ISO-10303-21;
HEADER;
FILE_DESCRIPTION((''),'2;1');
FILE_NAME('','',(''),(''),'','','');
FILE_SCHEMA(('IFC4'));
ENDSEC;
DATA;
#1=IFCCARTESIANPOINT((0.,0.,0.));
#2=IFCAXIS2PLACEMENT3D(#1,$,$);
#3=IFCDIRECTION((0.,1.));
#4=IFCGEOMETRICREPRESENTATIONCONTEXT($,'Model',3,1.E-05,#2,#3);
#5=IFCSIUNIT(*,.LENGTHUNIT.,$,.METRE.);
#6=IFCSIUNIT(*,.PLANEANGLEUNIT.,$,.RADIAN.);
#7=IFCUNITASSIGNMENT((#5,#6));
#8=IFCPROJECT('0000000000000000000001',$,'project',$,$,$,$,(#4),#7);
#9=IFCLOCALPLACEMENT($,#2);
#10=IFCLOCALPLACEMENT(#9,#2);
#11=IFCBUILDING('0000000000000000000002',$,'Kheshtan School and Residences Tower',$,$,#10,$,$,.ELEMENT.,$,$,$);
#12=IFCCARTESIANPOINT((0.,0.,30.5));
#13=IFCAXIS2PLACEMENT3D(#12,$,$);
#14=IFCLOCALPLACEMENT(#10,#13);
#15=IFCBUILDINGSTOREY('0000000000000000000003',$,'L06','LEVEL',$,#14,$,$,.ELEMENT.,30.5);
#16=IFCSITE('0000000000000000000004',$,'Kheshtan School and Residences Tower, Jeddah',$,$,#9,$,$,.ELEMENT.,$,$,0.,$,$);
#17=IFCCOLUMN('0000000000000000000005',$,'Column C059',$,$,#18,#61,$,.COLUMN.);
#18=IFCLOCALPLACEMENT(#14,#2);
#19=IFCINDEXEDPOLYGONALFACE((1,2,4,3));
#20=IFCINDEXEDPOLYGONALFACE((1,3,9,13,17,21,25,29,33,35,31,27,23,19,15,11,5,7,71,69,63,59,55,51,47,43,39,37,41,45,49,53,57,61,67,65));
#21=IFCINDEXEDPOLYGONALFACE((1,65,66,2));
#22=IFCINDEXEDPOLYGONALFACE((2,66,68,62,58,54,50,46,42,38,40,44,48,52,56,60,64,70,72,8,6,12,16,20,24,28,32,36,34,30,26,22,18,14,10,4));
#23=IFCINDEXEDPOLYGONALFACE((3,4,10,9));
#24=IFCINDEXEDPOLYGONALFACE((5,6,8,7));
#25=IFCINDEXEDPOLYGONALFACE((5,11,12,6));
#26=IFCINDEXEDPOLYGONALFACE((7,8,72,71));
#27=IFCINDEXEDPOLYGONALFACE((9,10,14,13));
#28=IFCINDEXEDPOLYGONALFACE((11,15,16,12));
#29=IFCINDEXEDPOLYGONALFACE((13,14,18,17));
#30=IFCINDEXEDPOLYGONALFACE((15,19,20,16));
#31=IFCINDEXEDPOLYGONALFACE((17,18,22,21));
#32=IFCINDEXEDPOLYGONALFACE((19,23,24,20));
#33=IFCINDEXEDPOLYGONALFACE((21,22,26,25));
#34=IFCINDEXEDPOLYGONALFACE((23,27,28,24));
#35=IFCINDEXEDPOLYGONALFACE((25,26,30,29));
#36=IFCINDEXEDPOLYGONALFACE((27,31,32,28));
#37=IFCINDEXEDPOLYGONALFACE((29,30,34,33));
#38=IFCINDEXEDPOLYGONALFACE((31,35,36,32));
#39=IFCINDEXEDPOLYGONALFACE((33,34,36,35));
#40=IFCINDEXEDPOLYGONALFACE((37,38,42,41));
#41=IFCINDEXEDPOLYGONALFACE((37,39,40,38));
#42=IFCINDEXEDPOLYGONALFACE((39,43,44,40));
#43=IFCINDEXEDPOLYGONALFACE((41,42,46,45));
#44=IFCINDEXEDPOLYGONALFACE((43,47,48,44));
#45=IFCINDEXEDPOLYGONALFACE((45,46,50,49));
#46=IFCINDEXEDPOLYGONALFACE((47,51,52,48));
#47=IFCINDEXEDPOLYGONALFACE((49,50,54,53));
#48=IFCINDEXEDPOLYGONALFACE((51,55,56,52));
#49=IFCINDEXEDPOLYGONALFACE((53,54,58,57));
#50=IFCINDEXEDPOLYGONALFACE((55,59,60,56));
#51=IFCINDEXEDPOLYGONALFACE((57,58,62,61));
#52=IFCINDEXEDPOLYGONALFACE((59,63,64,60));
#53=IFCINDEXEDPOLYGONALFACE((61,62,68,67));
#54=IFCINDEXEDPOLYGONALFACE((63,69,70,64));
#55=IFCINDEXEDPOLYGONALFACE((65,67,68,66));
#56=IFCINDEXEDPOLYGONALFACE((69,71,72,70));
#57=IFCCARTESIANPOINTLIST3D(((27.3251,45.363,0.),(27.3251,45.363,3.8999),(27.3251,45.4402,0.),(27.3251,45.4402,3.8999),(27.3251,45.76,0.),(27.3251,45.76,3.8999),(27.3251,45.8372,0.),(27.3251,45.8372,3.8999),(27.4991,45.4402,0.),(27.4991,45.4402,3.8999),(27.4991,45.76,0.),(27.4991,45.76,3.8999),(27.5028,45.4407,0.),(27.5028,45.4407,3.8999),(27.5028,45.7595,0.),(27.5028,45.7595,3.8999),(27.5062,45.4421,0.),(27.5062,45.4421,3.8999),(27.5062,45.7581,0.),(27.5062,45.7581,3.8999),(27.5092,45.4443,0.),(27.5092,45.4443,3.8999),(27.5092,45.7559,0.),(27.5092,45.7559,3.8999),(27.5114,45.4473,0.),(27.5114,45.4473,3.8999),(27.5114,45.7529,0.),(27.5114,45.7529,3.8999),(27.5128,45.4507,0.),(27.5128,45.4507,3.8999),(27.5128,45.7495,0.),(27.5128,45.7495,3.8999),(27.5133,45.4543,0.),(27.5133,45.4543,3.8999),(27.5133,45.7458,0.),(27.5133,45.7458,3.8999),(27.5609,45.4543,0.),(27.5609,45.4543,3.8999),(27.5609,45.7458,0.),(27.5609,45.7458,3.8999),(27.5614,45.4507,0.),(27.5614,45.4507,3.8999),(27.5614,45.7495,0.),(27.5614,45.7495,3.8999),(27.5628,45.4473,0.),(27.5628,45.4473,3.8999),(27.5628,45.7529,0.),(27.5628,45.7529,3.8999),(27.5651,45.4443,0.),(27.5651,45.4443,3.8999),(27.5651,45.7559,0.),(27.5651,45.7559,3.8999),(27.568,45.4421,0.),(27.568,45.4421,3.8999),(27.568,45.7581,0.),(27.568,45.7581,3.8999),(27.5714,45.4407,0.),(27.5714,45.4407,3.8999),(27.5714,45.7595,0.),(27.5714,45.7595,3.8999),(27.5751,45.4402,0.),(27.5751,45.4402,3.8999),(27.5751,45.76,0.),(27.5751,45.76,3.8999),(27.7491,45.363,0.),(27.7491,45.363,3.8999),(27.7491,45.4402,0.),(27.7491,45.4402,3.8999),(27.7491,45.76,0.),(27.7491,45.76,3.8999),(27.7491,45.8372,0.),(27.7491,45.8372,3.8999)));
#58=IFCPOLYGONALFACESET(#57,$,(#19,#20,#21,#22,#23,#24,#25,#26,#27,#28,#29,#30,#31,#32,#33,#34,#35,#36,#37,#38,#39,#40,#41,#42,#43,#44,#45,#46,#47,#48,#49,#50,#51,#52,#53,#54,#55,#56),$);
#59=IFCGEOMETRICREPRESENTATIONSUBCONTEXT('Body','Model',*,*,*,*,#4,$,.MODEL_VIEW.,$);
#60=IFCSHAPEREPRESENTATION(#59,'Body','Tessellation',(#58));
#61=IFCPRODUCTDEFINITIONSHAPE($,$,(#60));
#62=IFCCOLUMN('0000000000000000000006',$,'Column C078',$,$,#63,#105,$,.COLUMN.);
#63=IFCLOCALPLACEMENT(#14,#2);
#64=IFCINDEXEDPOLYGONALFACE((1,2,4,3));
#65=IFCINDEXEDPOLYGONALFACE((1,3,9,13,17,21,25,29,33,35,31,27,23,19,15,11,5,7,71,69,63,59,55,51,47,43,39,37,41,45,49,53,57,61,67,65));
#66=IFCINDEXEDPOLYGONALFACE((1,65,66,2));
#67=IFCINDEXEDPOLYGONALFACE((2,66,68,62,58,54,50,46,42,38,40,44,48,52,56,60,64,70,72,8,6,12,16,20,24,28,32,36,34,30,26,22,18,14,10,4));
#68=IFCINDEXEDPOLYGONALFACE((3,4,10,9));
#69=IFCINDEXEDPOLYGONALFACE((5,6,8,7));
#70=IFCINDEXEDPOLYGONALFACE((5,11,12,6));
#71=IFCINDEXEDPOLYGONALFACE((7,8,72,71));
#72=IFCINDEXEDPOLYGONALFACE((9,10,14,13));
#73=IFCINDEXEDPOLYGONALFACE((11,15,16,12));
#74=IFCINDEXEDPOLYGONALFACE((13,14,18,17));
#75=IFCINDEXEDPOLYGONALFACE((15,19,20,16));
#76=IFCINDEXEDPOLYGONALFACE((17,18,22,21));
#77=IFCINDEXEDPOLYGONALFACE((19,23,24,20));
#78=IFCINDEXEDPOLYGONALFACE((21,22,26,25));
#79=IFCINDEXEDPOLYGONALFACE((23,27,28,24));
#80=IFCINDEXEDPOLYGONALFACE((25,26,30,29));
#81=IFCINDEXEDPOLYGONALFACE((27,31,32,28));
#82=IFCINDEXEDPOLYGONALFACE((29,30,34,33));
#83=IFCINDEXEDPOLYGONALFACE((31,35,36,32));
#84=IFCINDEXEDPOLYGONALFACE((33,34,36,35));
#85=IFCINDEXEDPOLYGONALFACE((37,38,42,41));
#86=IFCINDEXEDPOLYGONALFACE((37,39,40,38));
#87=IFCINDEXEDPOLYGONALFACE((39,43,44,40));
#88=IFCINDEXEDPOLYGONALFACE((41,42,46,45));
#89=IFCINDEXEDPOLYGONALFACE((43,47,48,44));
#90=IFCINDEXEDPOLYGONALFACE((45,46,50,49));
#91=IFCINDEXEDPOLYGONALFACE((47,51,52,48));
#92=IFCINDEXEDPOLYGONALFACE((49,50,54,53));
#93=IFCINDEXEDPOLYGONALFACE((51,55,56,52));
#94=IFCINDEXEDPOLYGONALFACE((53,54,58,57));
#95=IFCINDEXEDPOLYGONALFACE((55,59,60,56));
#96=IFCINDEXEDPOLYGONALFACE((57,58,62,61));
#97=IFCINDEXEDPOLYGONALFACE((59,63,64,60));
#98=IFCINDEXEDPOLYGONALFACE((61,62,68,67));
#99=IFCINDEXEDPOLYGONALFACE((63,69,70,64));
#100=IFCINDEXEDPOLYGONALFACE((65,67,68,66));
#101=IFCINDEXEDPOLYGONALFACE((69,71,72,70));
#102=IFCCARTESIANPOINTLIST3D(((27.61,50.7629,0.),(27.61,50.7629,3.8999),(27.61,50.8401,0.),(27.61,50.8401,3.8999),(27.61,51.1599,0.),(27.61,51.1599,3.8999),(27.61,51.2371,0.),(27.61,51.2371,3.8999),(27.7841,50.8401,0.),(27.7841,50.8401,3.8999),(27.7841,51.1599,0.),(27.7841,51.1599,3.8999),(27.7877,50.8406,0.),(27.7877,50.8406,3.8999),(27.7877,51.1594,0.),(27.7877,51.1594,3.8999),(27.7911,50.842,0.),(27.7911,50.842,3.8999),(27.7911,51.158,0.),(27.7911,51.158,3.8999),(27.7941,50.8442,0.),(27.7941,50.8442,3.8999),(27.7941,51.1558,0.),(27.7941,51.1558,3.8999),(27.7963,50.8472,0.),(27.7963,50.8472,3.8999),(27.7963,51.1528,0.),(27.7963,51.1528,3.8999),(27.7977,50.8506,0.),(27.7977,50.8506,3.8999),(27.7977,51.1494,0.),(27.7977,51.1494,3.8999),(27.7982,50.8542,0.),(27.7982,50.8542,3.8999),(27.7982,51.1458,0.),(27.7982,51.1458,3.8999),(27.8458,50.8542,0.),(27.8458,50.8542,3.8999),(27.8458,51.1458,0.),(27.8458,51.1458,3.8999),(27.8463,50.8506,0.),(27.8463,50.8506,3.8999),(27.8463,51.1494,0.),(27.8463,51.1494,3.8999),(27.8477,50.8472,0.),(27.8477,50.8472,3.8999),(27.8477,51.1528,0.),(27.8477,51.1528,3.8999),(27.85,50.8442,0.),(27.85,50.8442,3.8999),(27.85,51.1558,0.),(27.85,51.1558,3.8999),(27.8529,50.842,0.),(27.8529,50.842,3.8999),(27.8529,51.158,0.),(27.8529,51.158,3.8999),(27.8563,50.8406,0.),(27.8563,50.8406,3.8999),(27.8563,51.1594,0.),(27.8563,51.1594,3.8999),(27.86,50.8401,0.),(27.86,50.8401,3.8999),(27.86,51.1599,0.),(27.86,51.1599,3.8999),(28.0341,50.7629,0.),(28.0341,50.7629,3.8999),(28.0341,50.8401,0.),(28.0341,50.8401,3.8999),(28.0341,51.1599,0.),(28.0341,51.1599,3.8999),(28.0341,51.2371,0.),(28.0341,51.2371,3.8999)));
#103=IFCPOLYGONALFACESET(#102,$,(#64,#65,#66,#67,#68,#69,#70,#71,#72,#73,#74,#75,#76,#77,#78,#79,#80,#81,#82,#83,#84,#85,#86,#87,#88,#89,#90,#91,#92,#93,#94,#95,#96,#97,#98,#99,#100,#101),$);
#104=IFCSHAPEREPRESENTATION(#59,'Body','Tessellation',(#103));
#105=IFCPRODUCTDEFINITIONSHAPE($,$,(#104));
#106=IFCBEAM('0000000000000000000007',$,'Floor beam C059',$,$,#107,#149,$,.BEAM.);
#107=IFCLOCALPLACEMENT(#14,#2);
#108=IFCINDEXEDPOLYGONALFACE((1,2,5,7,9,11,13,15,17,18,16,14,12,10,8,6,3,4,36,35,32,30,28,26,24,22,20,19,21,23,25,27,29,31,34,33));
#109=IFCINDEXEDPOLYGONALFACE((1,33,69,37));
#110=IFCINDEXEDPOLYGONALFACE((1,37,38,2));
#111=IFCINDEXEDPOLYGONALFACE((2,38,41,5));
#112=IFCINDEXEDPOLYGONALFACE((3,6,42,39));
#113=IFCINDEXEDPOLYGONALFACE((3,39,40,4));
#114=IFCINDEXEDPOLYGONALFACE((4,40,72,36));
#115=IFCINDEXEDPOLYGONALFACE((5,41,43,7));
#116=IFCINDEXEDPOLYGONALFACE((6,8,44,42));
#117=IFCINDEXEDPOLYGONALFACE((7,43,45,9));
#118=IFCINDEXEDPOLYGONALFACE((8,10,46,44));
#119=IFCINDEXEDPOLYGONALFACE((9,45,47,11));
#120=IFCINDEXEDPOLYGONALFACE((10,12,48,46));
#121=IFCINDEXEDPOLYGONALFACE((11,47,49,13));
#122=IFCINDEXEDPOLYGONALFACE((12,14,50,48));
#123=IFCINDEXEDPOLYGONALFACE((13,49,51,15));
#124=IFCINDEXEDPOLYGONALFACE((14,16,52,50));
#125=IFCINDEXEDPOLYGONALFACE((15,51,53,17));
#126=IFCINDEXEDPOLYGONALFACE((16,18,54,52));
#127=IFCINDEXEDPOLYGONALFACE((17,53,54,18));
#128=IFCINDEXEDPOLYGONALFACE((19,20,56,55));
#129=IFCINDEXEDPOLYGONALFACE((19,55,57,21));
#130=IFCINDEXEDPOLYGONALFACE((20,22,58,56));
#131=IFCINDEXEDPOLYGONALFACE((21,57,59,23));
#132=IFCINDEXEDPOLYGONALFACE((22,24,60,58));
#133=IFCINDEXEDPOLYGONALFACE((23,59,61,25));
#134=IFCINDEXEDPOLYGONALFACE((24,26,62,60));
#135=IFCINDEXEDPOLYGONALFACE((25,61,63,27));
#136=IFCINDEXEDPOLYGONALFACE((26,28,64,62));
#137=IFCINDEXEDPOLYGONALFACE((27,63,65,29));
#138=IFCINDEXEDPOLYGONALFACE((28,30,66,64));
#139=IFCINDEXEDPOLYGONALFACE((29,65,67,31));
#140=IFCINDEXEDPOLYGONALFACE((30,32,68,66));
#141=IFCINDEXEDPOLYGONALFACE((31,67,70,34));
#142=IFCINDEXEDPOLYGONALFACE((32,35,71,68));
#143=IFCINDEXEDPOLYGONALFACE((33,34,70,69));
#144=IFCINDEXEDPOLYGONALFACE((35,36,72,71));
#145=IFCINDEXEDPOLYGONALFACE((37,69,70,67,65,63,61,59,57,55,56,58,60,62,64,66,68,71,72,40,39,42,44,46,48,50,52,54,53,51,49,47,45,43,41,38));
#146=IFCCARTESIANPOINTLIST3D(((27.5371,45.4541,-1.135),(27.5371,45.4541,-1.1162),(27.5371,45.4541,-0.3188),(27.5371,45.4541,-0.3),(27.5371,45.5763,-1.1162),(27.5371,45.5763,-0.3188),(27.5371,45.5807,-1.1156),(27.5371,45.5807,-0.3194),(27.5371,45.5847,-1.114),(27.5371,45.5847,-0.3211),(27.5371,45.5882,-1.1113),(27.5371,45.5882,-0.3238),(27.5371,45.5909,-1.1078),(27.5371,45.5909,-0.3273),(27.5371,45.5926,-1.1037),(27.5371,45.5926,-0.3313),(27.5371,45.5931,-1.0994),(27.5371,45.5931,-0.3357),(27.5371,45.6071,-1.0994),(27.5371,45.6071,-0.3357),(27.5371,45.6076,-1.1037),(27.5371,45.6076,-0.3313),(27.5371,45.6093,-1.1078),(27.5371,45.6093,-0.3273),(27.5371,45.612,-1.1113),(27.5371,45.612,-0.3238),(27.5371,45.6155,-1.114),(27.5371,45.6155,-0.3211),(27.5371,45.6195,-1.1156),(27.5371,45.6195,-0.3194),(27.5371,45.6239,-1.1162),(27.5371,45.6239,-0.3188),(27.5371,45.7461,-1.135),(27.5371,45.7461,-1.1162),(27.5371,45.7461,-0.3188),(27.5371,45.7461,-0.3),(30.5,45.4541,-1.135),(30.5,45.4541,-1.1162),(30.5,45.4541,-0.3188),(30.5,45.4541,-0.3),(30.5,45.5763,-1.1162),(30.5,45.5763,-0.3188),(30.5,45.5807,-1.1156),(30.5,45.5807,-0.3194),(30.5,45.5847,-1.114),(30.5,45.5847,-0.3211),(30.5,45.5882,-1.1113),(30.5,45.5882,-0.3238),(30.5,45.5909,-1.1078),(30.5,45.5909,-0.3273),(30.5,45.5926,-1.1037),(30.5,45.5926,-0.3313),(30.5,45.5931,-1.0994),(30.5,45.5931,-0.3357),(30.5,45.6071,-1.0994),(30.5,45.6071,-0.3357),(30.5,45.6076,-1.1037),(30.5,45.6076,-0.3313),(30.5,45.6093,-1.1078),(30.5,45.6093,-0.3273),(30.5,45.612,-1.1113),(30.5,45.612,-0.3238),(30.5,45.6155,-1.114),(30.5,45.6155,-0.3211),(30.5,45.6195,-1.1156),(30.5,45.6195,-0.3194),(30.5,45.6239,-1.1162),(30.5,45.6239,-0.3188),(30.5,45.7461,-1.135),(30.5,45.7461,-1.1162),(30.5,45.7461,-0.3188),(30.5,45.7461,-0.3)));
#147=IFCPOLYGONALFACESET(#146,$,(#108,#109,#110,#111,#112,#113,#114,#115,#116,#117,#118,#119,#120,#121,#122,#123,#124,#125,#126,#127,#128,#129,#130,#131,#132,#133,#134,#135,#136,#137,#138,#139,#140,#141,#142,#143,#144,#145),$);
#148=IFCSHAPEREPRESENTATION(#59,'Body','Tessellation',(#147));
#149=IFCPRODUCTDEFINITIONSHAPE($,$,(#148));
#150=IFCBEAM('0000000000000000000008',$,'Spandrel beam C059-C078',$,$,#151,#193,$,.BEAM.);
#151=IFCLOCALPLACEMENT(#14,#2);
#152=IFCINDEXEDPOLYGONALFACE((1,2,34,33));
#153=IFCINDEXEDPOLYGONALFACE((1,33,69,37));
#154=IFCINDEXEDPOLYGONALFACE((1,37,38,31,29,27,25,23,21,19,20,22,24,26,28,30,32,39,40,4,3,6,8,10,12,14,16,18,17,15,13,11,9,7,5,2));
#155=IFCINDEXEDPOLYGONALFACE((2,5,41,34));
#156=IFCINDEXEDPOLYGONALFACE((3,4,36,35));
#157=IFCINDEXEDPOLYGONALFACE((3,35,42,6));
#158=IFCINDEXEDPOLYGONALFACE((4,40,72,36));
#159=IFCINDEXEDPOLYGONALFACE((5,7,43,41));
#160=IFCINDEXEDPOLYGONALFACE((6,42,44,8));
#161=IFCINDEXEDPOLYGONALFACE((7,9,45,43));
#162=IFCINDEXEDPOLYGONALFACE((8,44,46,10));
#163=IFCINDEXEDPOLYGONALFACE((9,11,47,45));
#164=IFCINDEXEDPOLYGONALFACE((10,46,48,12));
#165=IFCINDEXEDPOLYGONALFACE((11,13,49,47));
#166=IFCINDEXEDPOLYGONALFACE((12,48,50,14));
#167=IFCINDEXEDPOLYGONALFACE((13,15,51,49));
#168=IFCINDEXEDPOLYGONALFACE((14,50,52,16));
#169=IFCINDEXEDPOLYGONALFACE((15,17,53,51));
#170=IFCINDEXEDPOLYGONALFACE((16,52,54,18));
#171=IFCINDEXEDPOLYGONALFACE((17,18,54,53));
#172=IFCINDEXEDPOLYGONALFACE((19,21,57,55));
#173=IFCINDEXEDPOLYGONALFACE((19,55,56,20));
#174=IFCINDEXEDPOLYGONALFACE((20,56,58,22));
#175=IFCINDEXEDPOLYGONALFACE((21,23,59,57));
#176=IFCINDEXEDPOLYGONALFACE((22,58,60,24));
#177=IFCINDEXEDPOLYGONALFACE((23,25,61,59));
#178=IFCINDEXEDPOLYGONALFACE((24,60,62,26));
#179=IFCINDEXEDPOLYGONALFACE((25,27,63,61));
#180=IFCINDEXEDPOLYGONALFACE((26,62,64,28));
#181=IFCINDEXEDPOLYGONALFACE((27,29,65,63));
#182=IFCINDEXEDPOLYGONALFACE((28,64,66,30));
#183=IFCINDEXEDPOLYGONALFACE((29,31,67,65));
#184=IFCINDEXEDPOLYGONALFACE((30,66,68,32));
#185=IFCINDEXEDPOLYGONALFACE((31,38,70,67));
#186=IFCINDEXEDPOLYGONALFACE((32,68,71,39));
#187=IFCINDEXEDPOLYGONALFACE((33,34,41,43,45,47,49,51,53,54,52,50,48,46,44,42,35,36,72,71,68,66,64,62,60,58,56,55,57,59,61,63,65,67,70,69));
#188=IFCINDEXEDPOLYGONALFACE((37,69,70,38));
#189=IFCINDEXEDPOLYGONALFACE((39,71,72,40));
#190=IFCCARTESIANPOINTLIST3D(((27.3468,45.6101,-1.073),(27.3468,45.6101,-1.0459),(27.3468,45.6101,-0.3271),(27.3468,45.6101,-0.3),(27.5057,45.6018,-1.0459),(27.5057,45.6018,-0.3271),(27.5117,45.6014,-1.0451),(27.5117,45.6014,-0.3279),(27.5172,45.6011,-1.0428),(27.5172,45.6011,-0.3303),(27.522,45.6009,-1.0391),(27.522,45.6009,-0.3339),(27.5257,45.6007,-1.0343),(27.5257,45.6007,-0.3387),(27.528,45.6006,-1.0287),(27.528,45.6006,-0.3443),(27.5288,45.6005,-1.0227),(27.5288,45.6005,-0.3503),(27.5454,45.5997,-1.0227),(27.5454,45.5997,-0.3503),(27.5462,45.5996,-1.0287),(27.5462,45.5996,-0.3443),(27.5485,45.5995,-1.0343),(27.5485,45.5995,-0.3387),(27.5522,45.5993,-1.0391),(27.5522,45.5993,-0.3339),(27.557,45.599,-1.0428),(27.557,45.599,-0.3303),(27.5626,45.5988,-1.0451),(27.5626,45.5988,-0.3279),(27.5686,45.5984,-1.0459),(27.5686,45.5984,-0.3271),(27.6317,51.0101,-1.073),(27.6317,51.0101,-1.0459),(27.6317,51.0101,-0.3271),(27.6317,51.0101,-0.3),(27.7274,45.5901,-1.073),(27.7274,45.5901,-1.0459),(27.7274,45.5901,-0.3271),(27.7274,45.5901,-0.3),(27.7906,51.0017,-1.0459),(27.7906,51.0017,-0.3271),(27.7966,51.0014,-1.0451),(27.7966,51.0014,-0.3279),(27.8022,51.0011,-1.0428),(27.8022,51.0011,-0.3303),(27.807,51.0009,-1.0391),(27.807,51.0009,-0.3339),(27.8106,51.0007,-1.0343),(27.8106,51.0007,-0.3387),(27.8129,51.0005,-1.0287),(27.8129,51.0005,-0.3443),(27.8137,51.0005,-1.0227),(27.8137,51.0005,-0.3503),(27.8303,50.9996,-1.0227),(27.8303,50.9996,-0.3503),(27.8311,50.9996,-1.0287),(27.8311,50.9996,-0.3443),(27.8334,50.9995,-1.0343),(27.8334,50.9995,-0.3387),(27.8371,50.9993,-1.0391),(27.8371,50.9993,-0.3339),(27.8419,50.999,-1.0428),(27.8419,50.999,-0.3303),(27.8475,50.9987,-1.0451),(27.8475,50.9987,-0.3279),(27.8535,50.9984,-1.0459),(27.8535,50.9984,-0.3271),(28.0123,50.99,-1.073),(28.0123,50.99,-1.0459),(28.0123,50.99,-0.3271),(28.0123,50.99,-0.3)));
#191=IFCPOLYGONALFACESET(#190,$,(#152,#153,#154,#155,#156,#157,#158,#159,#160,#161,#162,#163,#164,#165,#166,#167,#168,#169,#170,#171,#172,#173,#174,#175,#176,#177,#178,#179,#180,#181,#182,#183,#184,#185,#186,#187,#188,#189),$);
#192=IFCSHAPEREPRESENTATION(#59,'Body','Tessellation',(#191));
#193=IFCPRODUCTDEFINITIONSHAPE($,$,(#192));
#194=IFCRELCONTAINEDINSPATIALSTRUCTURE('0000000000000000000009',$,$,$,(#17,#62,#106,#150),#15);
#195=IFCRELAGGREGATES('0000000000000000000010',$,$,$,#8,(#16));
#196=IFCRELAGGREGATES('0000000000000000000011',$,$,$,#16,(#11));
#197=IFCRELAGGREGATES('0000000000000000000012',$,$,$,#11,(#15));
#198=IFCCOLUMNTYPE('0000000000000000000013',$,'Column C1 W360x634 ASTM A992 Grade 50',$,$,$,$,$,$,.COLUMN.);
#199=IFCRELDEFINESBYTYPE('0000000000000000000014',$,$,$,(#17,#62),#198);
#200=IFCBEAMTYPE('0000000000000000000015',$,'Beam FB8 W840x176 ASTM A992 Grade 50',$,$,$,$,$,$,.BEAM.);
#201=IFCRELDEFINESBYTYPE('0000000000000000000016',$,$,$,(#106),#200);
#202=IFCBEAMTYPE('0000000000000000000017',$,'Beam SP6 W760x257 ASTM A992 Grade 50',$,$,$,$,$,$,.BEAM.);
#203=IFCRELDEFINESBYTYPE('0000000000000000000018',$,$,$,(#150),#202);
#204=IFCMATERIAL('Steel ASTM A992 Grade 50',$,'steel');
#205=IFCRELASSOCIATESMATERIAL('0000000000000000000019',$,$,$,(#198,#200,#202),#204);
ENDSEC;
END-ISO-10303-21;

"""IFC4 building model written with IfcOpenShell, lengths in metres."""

from ifc_helpers import new_model, si_unit, direction, frame, origin, origin_2d, place, context, subcontext, project, spatial, i_section, extrude, material, material_profile, profile_set, type_object, element, save


model = new_model("IFC4")

# Units and contexts
model_context = context("Model", 3, precision=1e-05, world=origin(), true_north=direction((0.0, 1.0)))
body_context = subcontext(model_context, "Body", "Model", "MODEL_VIEW")
ifc_project = project(units=[si_unit("LENGTHUNIT", "METRE"), si_unit("PLANEANGLEUNIT", "RADIAN")], contexts=[model_context])

# Site, building, storey
site_placement = place(None, origin())
site = spatial("IfcSite", under=ifc_project, at=site_placement, Name="Kheshtan School and Residences Tower, Jeddah", CompositionType="ELEMENT", RefElevation=0.0)
building_placement = place(site_placement, origin())
building = spatial("IfcBuilding", under=site, at=building_placement, Name="Kheshtan School and Residences Tower", CompositionType="ELEMENT")
storey_placement = place(building_placement, frame((0.0, 0.0, 30.5)))
storey = spatial("IfcBuildingStorey", under=building, at=storey_placement, Name="L06", Description="LEVEL", CompositionType="ELEMENT", Elevation=30.5)

# Columns
ifc_material_1 = material(Name="Steel ASTM A992 Grade 50", Category="steel")
ifc_material_profile_1 = material_profile(ifc_material_1, i_section(OverallWidth=0.4241, OverallDepth=0.4741, WebThickness=0.0476, FlangeThickness=0.0771, FilletRadius=0.0142, at=origin_2d()), Name="W360x634")
ifc_profile_set_1 = profile_set([ifc_material_profile_1], Name="Steel ASTM A992 Grade 50")
column_type = type_object("IfcColumnType", Name="Column C1 W360x634 ASTM A992 Grade 50", PredefinedType="COLUMN", material=ifc_profile_set_1)
for number, where, z_axis, x_axis, name in (
    (1, (27.5371, 45.6001, 0.0), (0.0, 0.0, 1.0), (1.0, 0.0, 0.0), "Column C059"),
    (2, (27.822, 51.0, 0.0), (0.0, 0.0, 1.0), (1.0, 0.0, 0.0), "Column C078"),
):
    element("IfcColumn", number, at=place(storey_placement, frame(where, z_axis=z_axis, x_axis=x_axis)), inside=storey, type_object=column_type, Name=name, PredefinedType="COLUMN", context=body_context, shape_type="SweptSolid", body=[
        extrude(i_section(OverallWidth=0.4241, OverallDepth=0.4741, WebThickness=0.0476, FlangeThickness=0.0771, FilletRadius=0.0142, at=origin_2d()), origin(), (0.0, 0.0, 1.0), 3.8999),
    ])

# Beams
ifc_material_profile_2 = material_profile(ifc_material_1, i_section(OverallWidth=0.292, OverallDepth=0.835, WebThickness=0.0139, FlangeThickness=0.0188, FilletRadius=0.0168, at=origin_2d()), Name="W840x176")
ifc_profile_set_2 = profile_set([ifc_material_profile_2], Name="Steel ASTM A992 Grade 50")
beam_type_1 = type_object("IfcBeamType", Name="Beam FB8 W840x176 ASTM A992 Grade 50", PredefinedType="BEAM", material=ifc_profile_set_2)
beam_placement = place(storey_placement, frame((27.5371, 45.6001, -0.7175), z_axis=(1.0, 0.0, 0.0), x_axis=(0.0, 1.0, 0.0)))
element("IfcBeam", 3, at=beam_placement, inside=storey, type_object=beam_type_1, Name="Floor beam C059", PredefinedType="BEAM", context=body_context, shape_type="SweptSolid", body=[
    extrude(i_section(OverallWidth=0.292, OverallDepth=0.835, WebThickness=0.0139, FlangeThickness=0.0188, FilletRadius=0.0168, at=origin_2d()), origin(), (0.0, 0.0, 1.0), 2.9629),
])
ifc_material_profile_3 = material_profile(ifc_material_1, i_section(OverallWidth=0.3811, OverallDepth=0.7729, WebThickness=0.0166, FlangeThickness=0.0271, FilletRadius=0.0232, at=origin_2d()), Name="W760x257")
ifc_profile_set_3 = profile_set([ifc_material_profile_3], Name="Steel ASTM A992 Grade 50")
beam_type_2 = type_object("IfcBeamType", Name="Beam SP6 W760x257 ASTM A992 Grade 50", PredefinedType="BEAM", material=ifc_profile_set_3)
for number, where, z_axis, x_axis, name in (
    (4, (27.5371, 45.6001, -0.6865), (0.052689, 0.998611, 0.0), (-0.998611, 0.052689, 0.0), "Spandrel beam C059-C078"),
):
    element("IfcBeam", number, at=place(storey_placement, frame(where, z_axis=z_axis, x_axis=x_axis)), inside=storey, type_object=beam_type_2, Name=name, PredefinedType="BEAM", context=body_context, shape_type="SweptSolid", body=[
        extrude(i_section(OverallWidth=0.3811, OverallDepth=0.7729, WebThickness=0.0166, FlangeThickness=0.0271, FilletRadius=0.0232, at=origin_2d()), origin(), (0.0, 0.0, 1.0), 5.4075),
    ])

save(model, "model.ifc")
